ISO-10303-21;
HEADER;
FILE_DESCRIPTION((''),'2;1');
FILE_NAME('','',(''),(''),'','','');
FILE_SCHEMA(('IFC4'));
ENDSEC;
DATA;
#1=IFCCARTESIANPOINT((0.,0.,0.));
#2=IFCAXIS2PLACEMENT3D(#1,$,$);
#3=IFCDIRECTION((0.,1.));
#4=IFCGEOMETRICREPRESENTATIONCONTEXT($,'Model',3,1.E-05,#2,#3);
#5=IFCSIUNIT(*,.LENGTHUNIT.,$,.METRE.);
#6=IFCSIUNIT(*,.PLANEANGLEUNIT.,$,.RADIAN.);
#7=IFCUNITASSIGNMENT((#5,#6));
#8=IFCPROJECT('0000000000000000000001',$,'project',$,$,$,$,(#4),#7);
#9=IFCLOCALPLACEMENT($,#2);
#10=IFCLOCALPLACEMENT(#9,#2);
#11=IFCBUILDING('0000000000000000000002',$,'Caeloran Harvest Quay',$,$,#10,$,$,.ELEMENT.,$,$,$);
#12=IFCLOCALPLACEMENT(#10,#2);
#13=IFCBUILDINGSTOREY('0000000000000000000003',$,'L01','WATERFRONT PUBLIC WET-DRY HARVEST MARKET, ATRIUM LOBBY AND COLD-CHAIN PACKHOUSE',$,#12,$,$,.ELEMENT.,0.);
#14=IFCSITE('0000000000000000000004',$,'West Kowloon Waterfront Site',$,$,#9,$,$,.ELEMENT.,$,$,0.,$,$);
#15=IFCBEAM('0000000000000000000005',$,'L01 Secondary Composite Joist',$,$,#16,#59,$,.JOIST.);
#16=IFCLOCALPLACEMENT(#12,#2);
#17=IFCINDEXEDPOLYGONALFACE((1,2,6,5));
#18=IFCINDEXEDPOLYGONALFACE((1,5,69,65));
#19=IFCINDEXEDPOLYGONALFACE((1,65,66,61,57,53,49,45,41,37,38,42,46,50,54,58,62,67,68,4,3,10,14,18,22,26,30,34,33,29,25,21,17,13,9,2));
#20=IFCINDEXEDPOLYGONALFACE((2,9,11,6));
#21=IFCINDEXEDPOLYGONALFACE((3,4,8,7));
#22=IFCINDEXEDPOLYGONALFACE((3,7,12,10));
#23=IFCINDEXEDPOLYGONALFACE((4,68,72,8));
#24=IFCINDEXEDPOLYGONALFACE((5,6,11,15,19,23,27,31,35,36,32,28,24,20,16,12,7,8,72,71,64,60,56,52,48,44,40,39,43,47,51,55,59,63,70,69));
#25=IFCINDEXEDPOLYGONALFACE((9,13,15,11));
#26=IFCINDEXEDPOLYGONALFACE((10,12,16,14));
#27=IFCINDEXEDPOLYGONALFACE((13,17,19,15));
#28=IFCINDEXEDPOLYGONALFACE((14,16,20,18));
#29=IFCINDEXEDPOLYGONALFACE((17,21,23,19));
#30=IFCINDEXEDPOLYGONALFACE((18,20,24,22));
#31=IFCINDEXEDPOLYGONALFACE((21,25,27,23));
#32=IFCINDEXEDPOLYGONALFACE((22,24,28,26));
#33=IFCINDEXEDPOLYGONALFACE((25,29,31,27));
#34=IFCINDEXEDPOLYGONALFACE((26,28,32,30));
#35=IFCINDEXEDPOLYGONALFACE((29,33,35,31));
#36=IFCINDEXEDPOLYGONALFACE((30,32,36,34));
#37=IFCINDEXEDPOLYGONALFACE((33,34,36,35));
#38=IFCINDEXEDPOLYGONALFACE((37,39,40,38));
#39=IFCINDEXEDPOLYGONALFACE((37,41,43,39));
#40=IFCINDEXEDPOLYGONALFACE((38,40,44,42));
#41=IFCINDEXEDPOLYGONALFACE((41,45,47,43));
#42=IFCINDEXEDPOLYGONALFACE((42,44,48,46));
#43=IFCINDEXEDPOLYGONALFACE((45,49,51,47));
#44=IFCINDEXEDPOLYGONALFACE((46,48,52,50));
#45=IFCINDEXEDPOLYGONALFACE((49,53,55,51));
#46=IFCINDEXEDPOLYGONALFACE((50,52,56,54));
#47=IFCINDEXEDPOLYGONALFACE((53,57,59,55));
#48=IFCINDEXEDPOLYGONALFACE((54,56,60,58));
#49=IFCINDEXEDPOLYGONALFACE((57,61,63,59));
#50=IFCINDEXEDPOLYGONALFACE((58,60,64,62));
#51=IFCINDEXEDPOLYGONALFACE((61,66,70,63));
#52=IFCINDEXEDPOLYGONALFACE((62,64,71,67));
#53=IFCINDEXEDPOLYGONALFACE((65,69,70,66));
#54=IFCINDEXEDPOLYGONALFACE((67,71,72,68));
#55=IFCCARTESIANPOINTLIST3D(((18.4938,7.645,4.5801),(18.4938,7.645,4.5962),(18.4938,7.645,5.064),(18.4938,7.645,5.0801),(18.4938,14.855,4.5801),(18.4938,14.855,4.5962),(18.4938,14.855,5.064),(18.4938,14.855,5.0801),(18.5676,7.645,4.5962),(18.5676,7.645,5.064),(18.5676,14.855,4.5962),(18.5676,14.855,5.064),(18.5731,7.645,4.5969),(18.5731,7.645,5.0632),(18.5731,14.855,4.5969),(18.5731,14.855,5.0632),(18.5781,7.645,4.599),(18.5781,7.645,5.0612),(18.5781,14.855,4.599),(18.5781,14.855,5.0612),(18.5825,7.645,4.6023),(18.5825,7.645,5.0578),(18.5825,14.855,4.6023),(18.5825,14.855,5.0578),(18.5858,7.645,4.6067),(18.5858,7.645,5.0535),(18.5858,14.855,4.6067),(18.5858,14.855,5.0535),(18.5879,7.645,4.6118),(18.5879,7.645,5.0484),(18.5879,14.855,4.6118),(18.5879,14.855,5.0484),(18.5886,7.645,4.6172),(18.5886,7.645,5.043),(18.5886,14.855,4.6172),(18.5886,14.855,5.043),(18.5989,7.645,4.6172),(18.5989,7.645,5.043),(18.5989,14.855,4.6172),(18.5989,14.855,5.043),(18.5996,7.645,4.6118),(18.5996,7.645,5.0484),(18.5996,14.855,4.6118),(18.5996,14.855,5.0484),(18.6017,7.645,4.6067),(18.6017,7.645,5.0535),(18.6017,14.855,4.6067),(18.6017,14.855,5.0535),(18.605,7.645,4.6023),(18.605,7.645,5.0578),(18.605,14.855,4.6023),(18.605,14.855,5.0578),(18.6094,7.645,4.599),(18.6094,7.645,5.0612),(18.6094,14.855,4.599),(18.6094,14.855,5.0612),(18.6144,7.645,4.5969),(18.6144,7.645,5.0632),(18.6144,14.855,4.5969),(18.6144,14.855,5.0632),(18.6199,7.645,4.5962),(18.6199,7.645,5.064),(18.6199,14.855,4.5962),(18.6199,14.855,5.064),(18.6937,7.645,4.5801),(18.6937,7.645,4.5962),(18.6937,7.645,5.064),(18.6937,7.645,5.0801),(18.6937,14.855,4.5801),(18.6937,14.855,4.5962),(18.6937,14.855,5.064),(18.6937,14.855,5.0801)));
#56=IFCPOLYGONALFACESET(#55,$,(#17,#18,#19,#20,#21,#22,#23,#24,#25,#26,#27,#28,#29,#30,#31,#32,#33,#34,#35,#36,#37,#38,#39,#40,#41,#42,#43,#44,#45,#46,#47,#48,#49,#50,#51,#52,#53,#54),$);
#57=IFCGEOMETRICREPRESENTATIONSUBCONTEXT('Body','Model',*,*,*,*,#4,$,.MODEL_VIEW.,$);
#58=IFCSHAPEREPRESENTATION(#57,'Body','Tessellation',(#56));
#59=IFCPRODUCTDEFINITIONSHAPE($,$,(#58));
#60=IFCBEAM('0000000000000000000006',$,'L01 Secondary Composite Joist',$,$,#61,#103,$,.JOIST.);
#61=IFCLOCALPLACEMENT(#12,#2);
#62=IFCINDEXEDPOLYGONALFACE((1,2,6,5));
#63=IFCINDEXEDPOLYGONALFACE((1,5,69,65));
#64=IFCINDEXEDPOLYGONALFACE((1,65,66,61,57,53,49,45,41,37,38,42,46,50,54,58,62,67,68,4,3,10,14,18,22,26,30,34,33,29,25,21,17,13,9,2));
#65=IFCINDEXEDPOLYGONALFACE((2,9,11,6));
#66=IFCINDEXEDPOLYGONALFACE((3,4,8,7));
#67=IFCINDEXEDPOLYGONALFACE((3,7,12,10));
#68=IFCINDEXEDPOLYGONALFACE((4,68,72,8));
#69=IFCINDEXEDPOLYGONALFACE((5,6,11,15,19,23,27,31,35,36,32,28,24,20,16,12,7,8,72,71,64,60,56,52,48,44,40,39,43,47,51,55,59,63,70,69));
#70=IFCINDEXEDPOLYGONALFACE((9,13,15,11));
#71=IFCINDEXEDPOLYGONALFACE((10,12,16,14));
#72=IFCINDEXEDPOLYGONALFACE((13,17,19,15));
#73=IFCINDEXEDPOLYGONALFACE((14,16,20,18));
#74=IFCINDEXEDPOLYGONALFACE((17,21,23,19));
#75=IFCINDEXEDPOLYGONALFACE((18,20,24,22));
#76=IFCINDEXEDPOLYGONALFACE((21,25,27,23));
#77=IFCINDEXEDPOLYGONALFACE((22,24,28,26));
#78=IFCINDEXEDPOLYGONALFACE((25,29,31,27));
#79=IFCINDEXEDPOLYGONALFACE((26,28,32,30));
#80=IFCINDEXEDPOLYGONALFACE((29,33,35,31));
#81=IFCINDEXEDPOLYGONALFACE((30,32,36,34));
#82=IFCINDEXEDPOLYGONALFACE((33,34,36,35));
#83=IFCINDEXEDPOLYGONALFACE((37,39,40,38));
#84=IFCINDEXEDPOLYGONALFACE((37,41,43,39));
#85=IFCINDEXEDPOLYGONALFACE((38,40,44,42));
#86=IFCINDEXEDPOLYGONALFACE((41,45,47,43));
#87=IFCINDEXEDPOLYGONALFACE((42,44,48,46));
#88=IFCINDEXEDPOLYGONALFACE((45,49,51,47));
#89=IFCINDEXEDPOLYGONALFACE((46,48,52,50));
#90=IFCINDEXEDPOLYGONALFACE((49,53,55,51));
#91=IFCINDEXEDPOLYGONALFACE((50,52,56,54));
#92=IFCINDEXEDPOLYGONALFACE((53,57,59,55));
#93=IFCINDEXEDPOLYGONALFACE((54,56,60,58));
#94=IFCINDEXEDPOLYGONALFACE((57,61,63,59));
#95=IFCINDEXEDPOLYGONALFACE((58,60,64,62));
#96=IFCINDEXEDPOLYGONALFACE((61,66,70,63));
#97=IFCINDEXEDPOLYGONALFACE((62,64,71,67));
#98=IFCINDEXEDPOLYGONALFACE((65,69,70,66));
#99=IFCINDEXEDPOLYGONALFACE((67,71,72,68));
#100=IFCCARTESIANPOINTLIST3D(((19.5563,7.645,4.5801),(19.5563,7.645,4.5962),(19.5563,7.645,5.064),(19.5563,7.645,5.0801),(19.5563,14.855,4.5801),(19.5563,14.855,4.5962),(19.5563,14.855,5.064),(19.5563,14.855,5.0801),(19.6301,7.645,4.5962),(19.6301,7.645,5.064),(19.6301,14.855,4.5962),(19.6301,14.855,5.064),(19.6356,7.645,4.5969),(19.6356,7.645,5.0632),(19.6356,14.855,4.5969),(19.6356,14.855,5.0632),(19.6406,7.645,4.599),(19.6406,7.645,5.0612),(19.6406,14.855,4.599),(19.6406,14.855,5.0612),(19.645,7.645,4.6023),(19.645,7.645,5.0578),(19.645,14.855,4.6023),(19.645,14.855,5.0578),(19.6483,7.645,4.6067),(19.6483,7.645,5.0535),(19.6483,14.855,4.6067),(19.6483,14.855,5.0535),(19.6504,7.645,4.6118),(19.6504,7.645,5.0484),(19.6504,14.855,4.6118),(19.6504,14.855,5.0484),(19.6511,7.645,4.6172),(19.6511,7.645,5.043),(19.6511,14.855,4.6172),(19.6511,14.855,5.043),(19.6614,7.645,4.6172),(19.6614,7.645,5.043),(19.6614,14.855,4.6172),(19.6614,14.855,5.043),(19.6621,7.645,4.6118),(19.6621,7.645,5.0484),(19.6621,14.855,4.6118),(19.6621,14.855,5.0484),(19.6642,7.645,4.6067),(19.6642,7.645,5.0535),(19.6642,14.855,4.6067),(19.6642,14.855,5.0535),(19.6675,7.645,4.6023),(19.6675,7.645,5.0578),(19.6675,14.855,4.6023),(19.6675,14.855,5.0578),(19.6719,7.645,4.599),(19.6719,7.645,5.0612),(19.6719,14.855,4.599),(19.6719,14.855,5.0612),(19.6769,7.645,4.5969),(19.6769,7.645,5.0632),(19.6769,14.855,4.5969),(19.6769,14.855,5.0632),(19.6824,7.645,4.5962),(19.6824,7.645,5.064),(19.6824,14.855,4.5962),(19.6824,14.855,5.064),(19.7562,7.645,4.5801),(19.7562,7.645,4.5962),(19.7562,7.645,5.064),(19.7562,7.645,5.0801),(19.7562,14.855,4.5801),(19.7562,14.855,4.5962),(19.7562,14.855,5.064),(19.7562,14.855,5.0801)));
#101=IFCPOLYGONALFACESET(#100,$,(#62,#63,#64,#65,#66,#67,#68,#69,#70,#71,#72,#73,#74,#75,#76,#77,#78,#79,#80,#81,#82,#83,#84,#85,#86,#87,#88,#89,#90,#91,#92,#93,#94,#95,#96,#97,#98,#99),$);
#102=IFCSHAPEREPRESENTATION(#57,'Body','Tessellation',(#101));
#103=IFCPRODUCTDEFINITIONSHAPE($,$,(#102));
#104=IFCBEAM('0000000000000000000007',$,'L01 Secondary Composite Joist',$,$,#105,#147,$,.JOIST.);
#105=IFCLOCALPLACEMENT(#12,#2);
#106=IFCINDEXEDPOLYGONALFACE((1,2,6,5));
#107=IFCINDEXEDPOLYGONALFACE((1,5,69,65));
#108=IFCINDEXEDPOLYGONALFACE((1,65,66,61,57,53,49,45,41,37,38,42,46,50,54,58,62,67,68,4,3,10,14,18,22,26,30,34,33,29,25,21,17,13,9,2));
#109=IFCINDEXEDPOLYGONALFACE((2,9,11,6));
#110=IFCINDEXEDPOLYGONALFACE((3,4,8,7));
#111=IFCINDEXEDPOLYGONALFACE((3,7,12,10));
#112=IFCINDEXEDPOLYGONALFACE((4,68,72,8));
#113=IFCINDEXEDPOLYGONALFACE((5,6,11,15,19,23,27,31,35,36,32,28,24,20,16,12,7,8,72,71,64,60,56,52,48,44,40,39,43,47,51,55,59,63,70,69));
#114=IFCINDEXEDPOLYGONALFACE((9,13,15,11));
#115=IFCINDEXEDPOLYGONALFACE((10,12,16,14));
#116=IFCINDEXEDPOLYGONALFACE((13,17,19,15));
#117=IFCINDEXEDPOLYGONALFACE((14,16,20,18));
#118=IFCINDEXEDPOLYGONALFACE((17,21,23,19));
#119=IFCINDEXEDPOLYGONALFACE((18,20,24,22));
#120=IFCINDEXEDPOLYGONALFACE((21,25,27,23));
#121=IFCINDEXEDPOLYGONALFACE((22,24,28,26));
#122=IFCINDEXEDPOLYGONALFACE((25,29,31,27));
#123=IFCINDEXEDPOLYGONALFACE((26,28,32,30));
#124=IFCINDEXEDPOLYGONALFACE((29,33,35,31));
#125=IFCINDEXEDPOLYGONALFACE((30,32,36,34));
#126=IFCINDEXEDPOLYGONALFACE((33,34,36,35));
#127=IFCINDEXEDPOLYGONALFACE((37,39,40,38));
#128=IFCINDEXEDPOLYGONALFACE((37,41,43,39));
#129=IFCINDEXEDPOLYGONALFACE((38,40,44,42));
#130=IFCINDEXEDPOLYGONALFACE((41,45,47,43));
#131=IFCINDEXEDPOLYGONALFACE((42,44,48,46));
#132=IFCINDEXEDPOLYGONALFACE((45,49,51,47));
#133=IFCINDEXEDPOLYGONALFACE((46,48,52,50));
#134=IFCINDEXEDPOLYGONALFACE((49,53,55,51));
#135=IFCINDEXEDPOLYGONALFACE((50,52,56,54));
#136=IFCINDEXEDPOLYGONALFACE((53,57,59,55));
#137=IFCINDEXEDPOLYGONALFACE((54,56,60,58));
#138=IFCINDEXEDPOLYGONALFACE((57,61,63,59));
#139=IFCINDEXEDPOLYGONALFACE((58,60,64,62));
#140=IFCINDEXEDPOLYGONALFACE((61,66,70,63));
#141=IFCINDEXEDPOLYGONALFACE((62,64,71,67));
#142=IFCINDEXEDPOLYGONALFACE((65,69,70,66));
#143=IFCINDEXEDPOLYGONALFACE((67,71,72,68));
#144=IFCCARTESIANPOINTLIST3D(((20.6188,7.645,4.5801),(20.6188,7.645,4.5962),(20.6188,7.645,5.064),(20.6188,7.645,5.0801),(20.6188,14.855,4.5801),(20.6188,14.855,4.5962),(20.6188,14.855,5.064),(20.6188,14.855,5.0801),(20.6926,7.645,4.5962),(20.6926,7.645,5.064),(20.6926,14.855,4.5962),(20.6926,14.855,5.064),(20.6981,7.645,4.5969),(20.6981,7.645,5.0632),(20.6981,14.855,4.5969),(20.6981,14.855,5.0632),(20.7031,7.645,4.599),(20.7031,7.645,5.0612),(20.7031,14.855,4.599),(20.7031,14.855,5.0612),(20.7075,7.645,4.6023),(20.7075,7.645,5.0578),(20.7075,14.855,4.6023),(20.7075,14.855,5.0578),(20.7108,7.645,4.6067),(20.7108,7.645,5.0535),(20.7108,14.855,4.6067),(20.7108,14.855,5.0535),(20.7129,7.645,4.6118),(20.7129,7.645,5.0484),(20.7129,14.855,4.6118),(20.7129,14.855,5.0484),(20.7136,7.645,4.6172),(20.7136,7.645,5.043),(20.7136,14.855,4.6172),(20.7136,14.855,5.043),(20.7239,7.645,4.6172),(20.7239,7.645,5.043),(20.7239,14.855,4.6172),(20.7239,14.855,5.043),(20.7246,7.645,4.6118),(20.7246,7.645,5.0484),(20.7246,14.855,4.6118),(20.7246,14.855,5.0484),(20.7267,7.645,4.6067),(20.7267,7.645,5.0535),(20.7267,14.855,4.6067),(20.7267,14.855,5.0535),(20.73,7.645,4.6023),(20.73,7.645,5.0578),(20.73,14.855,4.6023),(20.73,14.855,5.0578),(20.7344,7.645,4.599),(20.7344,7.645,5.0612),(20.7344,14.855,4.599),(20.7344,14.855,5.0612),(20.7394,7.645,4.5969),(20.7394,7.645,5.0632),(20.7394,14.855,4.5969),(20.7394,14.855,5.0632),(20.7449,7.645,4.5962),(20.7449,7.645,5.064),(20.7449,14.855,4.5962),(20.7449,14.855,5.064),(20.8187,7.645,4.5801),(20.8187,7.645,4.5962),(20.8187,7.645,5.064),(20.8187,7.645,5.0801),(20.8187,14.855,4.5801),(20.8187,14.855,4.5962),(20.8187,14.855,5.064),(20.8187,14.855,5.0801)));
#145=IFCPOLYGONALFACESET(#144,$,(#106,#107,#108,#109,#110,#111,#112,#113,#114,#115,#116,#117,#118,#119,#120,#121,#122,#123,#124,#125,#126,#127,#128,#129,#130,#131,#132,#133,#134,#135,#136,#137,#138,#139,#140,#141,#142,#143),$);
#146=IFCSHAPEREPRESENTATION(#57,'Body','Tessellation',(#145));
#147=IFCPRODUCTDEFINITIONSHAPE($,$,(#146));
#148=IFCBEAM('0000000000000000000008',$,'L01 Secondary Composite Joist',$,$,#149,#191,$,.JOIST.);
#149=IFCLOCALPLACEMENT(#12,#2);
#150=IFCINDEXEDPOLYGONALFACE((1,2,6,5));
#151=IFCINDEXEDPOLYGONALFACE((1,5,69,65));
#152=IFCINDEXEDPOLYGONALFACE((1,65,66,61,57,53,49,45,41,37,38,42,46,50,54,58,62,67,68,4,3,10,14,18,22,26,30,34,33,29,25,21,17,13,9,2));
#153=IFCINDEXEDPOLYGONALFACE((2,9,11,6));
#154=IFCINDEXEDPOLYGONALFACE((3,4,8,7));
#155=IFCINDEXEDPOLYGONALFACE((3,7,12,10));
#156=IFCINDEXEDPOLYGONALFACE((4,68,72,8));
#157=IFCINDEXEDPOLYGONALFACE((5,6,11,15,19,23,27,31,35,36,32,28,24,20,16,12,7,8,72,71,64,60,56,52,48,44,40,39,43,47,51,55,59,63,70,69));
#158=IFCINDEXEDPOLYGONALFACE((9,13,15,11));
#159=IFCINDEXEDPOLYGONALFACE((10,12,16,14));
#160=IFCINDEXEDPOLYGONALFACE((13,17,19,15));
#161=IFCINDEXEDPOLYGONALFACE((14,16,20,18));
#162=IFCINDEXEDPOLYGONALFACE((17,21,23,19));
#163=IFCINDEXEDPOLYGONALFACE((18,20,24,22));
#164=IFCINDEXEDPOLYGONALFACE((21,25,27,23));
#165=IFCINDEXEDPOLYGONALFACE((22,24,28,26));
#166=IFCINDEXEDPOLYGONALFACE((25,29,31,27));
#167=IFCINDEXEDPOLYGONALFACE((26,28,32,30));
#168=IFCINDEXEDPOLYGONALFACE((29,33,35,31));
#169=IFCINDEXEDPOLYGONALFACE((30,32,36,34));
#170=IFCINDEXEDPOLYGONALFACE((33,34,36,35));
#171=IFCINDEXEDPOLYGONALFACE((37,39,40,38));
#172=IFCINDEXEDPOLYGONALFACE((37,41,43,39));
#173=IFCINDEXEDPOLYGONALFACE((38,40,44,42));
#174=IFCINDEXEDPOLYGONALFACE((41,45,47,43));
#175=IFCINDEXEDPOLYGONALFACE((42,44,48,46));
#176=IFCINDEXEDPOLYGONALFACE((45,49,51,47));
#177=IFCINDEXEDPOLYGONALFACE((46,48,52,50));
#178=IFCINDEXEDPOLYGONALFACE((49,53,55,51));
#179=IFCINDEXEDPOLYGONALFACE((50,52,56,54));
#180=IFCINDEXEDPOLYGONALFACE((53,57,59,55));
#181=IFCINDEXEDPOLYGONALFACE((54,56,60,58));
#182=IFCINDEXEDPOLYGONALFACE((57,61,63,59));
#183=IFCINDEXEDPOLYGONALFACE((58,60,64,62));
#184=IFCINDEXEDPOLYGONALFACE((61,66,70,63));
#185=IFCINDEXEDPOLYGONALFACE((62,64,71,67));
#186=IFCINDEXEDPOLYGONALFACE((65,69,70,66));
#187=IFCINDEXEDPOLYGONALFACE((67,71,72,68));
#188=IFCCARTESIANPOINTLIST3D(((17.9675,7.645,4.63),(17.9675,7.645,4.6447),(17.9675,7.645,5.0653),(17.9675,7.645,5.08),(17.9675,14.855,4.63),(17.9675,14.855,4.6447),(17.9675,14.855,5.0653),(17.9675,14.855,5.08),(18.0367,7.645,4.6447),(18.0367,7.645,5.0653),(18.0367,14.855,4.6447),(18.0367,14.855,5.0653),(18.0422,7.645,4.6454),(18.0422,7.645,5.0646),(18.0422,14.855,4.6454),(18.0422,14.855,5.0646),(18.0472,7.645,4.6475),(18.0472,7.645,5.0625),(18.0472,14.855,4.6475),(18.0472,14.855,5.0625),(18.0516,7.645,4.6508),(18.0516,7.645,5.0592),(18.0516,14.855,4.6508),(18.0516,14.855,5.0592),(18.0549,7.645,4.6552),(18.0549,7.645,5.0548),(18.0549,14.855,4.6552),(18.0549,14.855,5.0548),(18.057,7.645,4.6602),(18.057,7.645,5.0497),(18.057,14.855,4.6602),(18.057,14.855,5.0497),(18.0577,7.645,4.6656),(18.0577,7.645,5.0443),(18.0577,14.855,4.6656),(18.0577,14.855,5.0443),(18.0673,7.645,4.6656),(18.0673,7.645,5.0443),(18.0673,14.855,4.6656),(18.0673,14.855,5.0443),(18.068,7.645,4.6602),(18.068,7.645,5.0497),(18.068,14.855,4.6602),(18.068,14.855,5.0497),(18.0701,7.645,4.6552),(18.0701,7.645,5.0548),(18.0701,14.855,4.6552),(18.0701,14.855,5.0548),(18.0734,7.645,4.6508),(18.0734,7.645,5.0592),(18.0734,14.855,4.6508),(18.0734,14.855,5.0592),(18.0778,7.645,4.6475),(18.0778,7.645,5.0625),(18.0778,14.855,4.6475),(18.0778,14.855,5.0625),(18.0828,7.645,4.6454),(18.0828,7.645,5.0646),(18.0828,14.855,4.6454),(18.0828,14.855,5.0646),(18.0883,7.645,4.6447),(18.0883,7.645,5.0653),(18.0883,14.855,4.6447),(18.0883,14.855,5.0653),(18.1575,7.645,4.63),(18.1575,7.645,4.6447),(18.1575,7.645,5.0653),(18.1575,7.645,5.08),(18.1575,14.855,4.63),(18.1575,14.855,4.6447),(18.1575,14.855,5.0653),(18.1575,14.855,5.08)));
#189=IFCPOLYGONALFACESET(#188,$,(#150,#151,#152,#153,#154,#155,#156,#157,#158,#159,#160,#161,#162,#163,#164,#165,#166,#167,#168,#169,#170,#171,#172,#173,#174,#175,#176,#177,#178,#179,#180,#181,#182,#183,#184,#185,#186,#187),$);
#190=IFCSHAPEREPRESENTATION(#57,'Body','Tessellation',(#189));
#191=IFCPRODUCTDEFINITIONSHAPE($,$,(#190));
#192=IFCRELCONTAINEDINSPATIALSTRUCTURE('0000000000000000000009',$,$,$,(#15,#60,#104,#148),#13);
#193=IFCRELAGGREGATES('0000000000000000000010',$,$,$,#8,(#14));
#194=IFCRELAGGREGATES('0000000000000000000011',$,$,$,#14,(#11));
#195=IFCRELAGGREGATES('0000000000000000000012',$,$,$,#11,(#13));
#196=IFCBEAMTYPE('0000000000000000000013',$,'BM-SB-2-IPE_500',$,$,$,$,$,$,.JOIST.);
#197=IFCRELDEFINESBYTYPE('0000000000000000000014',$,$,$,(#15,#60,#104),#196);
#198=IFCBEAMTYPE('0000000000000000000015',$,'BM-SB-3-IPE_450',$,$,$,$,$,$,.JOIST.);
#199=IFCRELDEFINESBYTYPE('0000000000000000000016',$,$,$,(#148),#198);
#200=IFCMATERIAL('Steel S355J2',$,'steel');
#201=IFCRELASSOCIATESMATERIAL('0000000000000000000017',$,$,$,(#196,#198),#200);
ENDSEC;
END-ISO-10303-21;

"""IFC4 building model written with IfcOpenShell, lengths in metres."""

from ifc_helpers import new_model, si_unit, direction, frame, origin, origin_2d, place, context, subcontext, project, spatial, i_section, extrude, material, material_profile, profile_set, type_object, element, save


model = new_model("IFC4")

# Units and contexts
model_context = context("Model", 3, precision=1e-05, world=origin(), true_north=direction((0.0, 1.0)))
body_context = subcontext(model_context, "Body", "Model", "MODEL_VIEW")
ifc_project = project(units=[si_unit("LENGTHUNIT", "METRE"), si_unit("PLANEANGLEUNIT", "RADIAN")], contexts=[model_context])

# Site, building, storey
site_placement = place(None, origin())
site = spatial("IfcSite", under=ifc_project, at=site_placement, Name="West Kowloon Waterfront Site", CompositionType="ELEMENT", RefElevation=0.0)
building_placement = place(site_placement, origin())
building = spatial("IfcBuilding", under=site, at=building_placement, Name="Caeloran Harvest Quay", CompositionType="ELEMENT")
storey_placement = place(building_placement, origin())
storey = spatial("IfcBuildingStorey", under=building, at=storey_placement, Name="L01", Description="WATERFRONT PUBLIC WET-DRY HARVEST MARKET, ATRIUM LOBBY AND COLD-CHAIN PACKHOUSE", CompositionType="ELEMENT", Elevation=0.0)

# Beams
ifc_material_1 = material(Name="Steel S355J2", Category="steel")
ifc_material_profile_1 = material_profile(ifc_material_1, i_section(OverallWidth=0.2, OverallDepth=0.5, WebThickness=0.0103, FlangeThickness=0.0161, FilletRadius=0.021, at=origin_2d()), Name="IPE 500")
ifc_profile_set_1 = profile_set([ifc_material_profile_1], Name="Steel S355J2")
beam_type_1 = type_object("IfcBeamType", Name="BM-SB-2-IPE_500", PredefinedType="JOIST", material=ifc_profile_set_1)
for number, where, z_axis, x_axis, name in (
    (1, (18.5938, 7.645, 4.8301), (0.0, 1.0, 0.0), (-1.0, 0.0, 0.0), "L01 Secondary Composite Joist"),
    (2, (19.6562, 7.645, 4.8301), (0.0, 1.0, 0.0), (-1.0, 0.0, 0.0), "L01 Secondary Composite Joist"),
    (3, (20.7188, 7.645, 4.8301), (0.0, 1.0, 0.0), (-1.0, 0.0, 0.0), "L01 Secondary Composite Joist"),
):
    element("IfcBeam", number, at=place(storey_placement, frame(where, z_axis=z_axis, x_axis=x_axis)), inside=storey, type_object=beam_type_1, Name=name, PredefinedType="JOIST", context=body_context, shape_type="SweptSolid", body=[
        extrude(i_section(OverallWidth=0.2, OverallDepth=0.5, WebThickness=0.0103, FlangeThickness=0.0161, FilletRadius=0.021, at=origin_2d()), origin(), (0.0, 0.0, 1.0), 7.21),
    ])
ifc_material_profile_2 = material_profile(ifc_material_1, i_section(OverallWidth=0.1899, OverallDepth=0.45, WebThickness=0.0095, FlangeThickness=0.0146, FilletRadius=0.021, at=origin_2d()), Name="IPE 450")
ifc_profile_set_2 = profile_set([ifc_material_profile_2], Name="Steel S355J2")
beam_type_2 = type_object("IfcBeamType", Name="BM-SB-3-IPE_450", PredefinedType="JOIST", material=ifc_profile_set_2)
for number, where, z_axis, x_axis, name in (
    (4, (18.0625, 7.645, 4.855), (0.0, 1.0, 0.0), (-1.0, 0.0, 0.0), "L01 Secondary Composite Joist"),
):
    element("IfcBeam", number, at=place(storey_placement, frame(where, z_axis=z_axis, x_axis=x_axis)), inside=storey, type_object=beam_type_2, Name=name, PredefinedType="JOIST", context=body_context, shape_type="SweptSolid", body=[
        extrude(i_section(OverallWidth=0.1899, OverallDepth=0.45, WebThickness=0.0095, FlangeThickness=0.0146, FilletRadius=0.021, at=origin_2d()), origin(), (0.0, 0.0, 1.0), 7.21),
    ])

save(model, "model.ifc")
